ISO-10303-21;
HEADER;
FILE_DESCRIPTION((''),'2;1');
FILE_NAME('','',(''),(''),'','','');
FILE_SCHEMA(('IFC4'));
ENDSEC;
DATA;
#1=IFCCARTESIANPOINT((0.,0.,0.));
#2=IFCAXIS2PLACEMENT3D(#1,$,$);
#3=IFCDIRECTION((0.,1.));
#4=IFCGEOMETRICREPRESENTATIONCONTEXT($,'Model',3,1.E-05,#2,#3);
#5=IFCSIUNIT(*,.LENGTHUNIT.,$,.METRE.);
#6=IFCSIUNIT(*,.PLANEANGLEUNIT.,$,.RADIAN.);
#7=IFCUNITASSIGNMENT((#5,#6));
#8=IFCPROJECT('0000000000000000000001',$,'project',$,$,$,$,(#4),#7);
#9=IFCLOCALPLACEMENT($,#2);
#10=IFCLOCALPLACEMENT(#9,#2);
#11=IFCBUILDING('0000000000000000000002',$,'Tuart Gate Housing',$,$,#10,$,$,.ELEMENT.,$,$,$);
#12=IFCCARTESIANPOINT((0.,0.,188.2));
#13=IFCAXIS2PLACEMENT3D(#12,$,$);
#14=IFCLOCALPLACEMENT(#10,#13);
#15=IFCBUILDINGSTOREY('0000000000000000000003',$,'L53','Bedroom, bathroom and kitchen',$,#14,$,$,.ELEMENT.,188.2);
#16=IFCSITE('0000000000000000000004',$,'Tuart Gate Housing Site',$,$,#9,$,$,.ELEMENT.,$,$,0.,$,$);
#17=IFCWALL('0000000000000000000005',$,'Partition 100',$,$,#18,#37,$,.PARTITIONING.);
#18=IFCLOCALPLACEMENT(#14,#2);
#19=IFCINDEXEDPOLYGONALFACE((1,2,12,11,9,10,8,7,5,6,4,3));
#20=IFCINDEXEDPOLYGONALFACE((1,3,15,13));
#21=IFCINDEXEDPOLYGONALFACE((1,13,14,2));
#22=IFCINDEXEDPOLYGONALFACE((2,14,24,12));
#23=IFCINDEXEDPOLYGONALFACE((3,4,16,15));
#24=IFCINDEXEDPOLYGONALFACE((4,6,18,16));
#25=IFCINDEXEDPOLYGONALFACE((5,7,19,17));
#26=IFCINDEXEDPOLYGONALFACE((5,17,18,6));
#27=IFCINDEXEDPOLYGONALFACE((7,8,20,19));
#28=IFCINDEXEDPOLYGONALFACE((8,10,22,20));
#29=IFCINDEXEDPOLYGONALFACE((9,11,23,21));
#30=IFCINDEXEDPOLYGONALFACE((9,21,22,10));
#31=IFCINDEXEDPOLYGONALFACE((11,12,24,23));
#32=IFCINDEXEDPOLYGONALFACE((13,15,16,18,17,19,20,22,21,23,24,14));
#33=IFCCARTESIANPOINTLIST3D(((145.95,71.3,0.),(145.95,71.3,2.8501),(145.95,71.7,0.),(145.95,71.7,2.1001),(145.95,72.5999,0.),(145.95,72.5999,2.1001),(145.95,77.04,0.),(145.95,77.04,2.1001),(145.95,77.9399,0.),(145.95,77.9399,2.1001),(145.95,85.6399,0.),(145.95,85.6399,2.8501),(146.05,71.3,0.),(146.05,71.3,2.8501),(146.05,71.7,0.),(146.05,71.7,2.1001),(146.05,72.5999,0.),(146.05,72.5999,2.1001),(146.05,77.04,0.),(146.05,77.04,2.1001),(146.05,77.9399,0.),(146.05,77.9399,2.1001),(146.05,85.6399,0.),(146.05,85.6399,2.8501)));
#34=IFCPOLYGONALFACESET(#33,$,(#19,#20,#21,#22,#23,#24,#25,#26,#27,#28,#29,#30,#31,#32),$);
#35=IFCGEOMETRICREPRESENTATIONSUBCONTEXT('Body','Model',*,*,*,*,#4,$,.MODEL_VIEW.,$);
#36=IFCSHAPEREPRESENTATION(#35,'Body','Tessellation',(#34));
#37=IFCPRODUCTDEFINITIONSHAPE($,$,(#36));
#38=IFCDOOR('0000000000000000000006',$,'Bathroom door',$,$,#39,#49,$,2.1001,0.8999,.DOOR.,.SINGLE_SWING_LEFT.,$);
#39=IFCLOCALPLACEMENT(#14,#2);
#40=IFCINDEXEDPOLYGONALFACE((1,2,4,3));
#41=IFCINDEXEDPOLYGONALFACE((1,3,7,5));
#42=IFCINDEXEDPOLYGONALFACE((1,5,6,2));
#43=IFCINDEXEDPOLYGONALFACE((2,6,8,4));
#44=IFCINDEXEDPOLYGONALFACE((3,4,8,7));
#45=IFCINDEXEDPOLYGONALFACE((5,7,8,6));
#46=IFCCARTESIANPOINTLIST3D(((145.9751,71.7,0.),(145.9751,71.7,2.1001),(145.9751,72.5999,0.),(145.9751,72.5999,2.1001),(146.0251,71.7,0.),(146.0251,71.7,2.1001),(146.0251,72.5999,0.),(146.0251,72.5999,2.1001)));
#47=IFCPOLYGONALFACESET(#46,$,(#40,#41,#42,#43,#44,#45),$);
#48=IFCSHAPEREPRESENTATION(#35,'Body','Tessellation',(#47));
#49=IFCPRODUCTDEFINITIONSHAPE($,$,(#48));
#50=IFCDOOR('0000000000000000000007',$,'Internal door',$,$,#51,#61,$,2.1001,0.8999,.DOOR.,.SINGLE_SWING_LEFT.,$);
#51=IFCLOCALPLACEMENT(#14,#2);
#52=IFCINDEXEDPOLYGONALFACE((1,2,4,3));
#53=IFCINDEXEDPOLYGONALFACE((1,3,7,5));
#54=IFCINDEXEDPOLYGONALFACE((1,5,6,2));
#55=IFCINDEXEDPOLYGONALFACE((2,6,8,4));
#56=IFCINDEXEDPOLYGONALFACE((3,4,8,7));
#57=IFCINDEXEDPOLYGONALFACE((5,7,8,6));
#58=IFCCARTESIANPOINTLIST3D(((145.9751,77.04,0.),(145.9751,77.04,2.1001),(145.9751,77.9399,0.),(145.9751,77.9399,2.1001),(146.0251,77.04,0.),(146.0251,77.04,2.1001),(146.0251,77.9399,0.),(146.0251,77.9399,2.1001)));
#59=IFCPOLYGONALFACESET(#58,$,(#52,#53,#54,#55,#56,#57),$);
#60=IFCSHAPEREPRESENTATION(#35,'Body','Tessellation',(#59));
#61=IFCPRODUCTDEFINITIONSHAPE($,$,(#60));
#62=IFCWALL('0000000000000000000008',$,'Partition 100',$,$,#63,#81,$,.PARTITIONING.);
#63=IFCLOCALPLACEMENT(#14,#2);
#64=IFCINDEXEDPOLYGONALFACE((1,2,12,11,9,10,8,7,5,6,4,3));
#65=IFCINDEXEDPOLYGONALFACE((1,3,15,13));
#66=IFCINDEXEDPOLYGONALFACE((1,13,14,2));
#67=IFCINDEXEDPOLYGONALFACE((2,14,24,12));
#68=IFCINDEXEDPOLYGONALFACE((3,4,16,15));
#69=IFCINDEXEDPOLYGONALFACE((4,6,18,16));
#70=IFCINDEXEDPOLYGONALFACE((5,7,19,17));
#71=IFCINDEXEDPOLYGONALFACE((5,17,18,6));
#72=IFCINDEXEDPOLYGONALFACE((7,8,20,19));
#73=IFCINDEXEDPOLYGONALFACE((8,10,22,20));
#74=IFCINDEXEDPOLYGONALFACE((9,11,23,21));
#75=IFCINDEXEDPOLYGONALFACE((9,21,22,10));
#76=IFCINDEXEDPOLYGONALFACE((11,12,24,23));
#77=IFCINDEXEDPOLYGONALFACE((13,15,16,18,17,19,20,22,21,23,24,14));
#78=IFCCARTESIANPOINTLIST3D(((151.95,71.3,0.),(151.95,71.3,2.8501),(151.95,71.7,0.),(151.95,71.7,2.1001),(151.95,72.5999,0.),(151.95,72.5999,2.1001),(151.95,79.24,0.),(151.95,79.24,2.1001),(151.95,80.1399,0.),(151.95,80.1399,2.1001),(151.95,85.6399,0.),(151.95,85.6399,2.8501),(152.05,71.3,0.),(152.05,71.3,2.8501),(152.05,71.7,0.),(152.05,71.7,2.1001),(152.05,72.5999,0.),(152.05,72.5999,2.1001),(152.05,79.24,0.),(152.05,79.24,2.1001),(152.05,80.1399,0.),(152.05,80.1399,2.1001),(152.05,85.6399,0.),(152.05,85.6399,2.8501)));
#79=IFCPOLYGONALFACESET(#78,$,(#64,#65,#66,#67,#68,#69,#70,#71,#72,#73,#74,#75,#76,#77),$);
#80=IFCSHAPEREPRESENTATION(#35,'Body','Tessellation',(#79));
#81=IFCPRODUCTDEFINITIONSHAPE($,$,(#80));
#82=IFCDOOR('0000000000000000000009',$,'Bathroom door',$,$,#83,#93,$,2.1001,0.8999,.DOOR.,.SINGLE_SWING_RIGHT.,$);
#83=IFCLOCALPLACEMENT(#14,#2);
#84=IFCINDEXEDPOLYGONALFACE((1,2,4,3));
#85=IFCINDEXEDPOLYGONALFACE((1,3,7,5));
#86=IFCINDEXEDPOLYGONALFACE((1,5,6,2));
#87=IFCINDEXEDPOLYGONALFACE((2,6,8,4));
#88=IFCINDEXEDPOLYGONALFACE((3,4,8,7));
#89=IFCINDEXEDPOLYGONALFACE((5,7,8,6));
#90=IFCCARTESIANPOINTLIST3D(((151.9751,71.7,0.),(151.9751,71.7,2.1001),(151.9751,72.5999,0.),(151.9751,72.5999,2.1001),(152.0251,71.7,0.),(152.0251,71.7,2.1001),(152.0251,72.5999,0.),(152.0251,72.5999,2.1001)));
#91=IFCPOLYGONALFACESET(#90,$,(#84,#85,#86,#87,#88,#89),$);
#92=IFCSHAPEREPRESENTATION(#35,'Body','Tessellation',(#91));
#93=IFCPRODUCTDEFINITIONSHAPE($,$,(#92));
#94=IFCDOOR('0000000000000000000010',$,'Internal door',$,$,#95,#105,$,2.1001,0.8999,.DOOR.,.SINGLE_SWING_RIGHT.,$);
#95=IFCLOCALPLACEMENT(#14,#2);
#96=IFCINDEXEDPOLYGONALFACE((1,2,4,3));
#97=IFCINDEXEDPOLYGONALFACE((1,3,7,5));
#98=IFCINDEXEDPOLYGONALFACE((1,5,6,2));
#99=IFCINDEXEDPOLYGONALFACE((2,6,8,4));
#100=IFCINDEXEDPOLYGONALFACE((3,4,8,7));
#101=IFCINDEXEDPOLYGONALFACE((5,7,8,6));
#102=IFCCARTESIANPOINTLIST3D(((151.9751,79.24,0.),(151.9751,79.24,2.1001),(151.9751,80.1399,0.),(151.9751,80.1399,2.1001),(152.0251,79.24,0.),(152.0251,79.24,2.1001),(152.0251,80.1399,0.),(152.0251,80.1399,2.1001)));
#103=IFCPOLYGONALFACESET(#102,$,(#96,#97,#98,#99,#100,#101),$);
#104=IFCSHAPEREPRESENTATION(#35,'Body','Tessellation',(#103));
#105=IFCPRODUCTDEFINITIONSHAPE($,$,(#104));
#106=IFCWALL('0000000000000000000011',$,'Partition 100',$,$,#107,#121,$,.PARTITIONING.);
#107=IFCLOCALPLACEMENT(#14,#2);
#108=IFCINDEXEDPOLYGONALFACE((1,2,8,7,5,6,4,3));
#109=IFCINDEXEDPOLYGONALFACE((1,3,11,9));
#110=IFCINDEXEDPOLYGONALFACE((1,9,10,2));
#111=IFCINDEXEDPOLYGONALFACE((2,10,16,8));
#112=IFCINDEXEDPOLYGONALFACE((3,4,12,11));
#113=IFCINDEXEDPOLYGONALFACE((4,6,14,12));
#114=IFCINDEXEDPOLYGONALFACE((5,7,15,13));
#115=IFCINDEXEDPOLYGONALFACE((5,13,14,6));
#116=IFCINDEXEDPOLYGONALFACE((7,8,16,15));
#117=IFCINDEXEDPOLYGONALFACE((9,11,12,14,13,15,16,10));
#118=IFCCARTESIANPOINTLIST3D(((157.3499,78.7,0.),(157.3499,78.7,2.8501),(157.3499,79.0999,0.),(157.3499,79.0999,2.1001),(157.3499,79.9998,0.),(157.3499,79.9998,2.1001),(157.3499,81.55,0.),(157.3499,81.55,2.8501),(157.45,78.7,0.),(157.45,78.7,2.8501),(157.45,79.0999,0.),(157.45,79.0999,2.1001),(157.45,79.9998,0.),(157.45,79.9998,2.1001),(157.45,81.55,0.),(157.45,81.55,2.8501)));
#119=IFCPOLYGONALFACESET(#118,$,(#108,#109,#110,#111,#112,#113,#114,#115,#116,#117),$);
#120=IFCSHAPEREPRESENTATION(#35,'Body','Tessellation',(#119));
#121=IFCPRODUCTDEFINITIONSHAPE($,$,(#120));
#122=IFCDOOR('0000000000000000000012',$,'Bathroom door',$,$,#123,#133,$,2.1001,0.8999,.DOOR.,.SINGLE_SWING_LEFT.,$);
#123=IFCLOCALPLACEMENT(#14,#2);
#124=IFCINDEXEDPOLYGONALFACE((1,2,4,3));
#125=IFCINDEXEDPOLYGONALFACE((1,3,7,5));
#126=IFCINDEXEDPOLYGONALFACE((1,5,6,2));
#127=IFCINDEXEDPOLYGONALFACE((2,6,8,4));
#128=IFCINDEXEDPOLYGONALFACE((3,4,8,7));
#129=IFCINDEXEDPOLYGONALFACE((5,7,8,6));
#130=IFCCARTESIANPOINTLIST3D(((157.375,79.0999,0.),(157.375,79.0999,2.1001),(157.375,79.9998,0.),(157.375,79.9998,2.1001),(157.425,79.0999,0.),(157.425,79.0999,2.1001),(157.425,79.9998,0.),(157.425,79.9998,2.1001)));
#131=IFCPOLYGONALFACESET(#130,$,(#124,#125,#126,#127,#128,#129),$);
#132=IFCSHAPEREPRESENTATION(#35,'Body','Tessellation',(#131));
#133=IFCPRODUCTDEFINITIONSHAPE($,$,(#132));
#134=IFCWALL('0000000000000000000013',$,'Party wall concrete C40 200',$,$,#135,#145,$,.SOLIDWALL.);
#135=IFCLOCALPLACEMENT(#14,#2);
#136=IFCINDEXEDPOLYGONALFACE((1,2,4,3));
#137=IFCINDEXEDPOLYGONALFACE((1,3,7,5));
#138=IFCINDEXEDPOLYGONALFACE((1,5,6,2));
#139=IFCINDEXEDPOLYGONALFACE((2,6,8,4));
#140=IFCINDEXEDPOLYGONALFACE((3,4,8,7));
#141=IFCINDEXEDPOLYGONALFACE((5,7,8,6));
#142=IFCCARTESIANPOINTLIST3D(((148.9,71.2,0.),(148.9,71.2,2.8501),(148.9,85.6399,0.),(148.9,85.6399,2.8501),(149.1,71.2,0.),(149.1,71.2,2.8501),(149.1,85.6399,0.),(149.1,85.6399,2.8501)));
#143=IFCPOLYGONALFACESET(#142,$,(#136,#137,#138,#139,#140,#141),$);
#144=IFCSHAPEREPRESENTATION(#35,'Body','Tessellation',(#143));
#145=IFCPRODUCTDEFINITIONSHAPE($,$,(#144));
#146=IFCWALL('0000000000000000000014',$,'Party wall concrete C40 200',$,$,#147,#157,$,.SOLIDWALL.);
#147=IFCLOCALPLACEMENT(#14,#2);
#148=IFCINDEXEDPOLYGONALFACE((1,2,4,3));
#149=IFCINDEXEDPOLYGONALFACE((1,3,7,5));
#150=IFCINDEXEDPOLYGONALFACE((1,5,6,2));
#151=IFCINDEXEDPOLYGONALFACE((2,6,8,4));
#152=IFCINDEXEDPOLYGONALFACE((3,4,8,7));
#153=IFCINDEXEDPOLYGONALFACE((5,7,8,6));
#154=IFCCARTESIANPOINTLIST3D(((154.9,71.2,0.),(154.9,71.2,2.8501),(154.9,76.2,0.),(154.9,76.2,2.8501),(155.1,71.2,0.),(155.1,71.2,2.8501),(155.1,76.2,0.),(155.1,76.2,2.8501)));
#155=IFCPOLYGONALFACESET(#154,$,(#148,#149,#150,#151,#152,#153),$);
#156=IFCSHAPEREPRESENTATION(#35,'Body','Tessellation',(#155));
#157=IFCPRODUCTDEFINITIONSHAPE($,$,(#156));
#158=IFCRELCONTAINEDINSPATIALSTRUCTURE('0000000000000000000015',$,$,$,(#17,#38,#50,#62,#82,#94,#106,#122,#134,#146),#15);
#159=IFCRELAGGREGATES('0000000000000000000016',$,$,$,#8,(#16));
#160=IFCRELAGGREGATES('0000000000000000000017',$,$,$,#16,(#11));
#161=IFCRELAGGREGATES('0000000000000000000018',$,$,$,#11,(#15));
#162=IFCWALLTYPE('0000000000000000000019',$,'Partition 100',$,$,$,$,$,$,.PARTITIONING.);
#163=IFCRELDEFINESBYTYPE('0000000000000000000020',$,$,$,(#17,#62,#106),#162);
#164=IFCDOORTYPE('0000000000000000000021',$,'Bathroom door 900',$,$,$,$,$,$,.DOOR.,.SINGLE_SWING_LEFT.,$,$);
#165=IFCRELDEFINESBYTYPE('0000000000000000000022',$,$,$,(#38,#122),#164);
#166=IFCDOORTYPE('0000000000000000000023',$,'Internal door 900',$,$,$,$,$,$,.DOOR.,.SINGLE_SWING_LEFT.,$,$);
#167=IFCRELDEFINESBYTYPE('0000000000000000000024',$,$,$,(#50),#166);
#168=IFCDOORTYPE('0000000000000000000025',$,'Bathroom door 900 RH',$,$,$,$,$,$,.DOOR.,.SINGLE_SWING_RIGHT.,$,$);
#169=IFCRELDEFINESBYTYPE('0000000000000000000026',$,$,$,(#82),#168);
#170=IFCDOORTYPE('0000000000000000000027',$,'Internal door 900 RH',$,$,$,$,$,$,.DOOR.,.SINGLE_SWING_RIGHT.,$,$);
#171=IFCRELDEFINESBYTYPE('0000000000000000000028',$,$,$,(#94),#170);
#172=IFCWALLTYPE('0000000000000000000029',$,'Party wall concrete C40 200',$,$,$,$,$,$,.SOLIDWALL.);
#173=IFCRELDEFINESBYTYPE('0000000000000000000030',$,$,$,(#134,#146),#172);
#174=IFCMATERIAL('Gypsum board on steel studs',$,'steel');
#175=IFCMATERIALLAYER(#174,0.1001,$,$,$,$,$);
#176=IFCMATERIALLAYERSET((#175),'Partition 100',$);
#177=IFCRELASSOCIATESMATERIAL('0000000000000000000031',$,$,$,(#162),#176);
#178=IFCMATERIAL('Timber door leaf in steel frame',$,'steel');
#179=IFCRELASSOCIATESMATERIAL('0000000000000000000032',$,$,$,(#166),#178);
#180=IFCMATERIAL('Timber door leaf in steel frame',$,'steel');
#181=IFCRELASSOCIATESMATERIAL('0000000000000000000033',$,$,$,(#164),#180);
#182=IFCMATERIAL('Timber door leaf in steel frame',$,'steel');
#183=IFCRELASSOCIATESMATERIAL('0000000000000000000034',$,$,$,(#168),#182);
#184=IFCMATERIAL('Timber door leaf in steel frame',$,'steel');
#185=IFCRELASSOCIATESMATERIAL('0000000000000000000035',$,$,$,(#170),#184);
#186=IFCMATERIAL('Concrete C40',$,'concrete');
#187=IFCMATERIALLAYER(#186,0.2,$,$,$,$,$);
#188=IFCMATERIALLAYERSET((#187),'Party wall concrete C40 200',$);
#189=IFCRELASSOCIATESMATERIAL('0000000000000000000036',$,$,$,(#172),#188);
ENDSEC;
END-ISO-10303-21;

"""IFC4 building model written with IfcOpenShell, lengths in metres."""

from ifc_helpers import new_model, si_unit, direction, frame, frame_2d, origin, place, context, subcontext, project, spatial, rectangle, extrude, material, layer, layer_set, type_object, element, fill, save


model = new_model("IFC4")

# Units and contexts
model_context = context("Model", 3, precision=1e-05, world=origin(), true_north=direction((0.0, 1.0)))
body_context = subcontext(model_context, "Body", "Model", "MODEL_VIEW")
ifc_project = project(units=[si_unit("LENGTHUNIT", "METRE"), si_unit("PLANEANGLEUNIT", "RADIAN")], contexts=[model_context])

# Site, building, storey
site_placement = place(None, origin())
site = spatial("IfcSite", under=ifc_project, at=site_placement, Name="Tuart Gate Housing Site", CompositionType="ELEMENT", RefElevation=0.0)
building_placement = place(site_placement, origin())
building = spatial("IfcBuilding", under=site, at=building_placement, Name="Tuart Gate Housing", CompositionType="ELEMENT")
storey_placement = place(building_placement, frame((0.0, 0.0, 188.2)))
storey = spatial("IfcBuildingStorey", under=building, at=storey_placement, Name="L53", Description="Bedroom, bathroom and kitchen", CompositionType="ELEMENT", Elevation=188.2)

# Shared definitions
ifc_material_1 = material(Name="Gypsum board on steel studs", Category="steel")
ifc_layer_1 = layer(ifc_material_1, 0.1001)
ifc_layer_set_1 = layer_set([ifc_layer_1], Name="Partition 100")
wall_type_1 = type_object("IfcWallType", Name="Partition 100", PredefinedType="PARTITIONING", material=ifc_layer_set_1)

# Shared definitions
ifc_material_2 = material(Name="Timber door leaf in steel frame", Category="steel")
door_type_1 = type_object("IfcDoorType", Name="Internal door 900", OperationType="SINGLE_SWING_LEFT", PredefinedType="DOOR", material=ifc_material_2)

# Walls, openings, doors
wall_1_placement = place(storey_placement, frame((146.0, 71.3, 0.0), z_axis=(0.0, 0.0, 1.0), x_axis=(0.0, 1.0, 0.0)))
wall_1 = element("IfcWall", 1, at=wall_1_placement, inside=storey, type_object=wall_type_1, Name="Partition 100", PredefinedType="PARTITIONING", context=body_context, shape_type="SweptSolid", body=[
    extrude(rectangle(XDim=14.3398, YDim=0.1001, at=frame_2d((7.1699, 0.0))), origin(), (0.0, 0.0, 1.0), 2.8501),
])
opening_1_placement = place(wall_1_placement, frame((5.74, 0.0, 0.0)))
opening_1 = element("IfcOpeningElement", 2, at=opening_1_placement, cuts=wall_1, PredefinedType="OPENING", context=body_context, shape_type="SweptSolid", body=[
    extrude(rectangle(XDim=0.8999, YDim=2.1001, at=frame_2d((0.45, 1.05))), frame((0.0, 0.0601, 0.0), z_axis=(0.0, -1.0, 0.0), x_axis=(1.0, 0.0, 0.0)), (0.0, 0.0, 1.0), 0.1201),
])
opening_2_placement = place(wall_1_placement, frame((0.3999, 0.0, 0.0)))
opening_2 = element("IfcOpeningElement", 3, at=opening_2_placement, cuts=wall_1, PredefinedType="OPENING", context=body_context, shape_type="SweptSolid", body=[
    extrude(rectangle(XDim=0.8999, YDim=2.1001, at=frame_2d((0.45, 1.05))), frame((0.0, 0.0601, 0.0), z_axis=(0.0, -1.0, 0.0), x_axis=(1.0, 0.0, 0.0)), (0.0, 0.0, 1.0), 0.1201),
])
ifc_material_3 = material(Name="Timber door leaf in steel frame", Category="steel")
door_type_2 = type_object("IfcDoorType", Name="Bathroom door 900", OperationType="SINGLE_SWING_LEFT", PredefinedType="DOOR", material=ifc_material_3)
door_1_placement = place(opening_2_placement, origin())
door_1 = element("IfcDoor", 4, at=door_1_placement, inside=storey, type_object=door_type_2, Name="Bathroom door", OperationType="SINGLE_SWING_LEFT", OverallHeight=2.1001, OverallWidth=0.8999, PredefinedType="DOOR", context=body_context, shape_type="SweptSolid", body=[
    extrude(rectangle(XDim=0.8999, YDim=2.1001, at=frame_2d((0.45, 1.05))), frame((0.0, 0.0249, 0.0), z_axis=(0.0, -1.0, 0.0), x_axis=(1.0, 0.0, 0.0)), (0.0, 0.0, 1.0), 0.05),
])
fill(opening_2, door_1)
door_2_placement = place(opening_1_placement, origin())
door_2 = element("IfcDoor", 5, at=door_2_placement, inside=storey, type_object=door_type_1, Name="Internal door", OperationType="SINGLE_SWING_LEFT", OverallHeight=2.1001, OverallWidth=0.8999, PredefinedType="DOOR", context=body_context, shape_type="SweptSolid", body=[
    extrude(rectangle(XDim=0.8999, YDim=2.1001, at=frame_2d((0.45, 1.05))), frame((0.0, 0.0249, 0.0), z_axis=(0.0, -1.0, 0.0), x_axis=(1.0, 0.0, 0.0)), (0.0, 0.0, 1.0), 0.05),
])
fill(opening_1, door_2)
wall_2_placement = place(storey_placement, frame((152.0, 71.3, 0.0), z_axis=(0.0, 0.0, 1.0), x_axis=(0.0, 1.0, 0.0)))
wall_2 = element("IfcWall", 6, at=wall_2_placement, inside=storey, type_object=wall_type_1, Name="Partition 100", PredefinedType="PARTITIONING", context=body_context, shape_type="SweptSolid", body=[
    extrude(rectangle(XDim=14.3398, YDim=0.1001, at=frame_2d((7.1699, 0.0))), origin(), (0.0, 0.0, 1.0), 2.8501),
])
opening_3_placement = place(wall_2_placement, frame((7.9399, 0.0, 0.0)))
opening_3 = element("IfcOpeningElement", 7, at=opening_3_placement, cuts=wall_2, PredefinedType="OPENING", context=body_context, shape_type="SweptSolid", body=[
    extrude(rectangle(XDim=0.8999, YDim=2.1001, at=frame_2d((0.45, 1.05))), frame((0.0, 0.0601, 0.0), z_axis=(0.0, -1.0, 0.0), x_axis=(1.0, 0.0, 0.0)), (0.0, 0.0, 1.0), 0.1201),
])
opening_4_placement = place(wall_2_placement, frame((0.3999, 0.0, 0.0)))
opening_4 = element("IfcOpeningElement", 8, at=opening_4_placement, cuts=wall_2, PredefinedType="OPENING", context=body_context, shape_type="SweptSolid", body=[
    extrude(rectangle(XDim=0.8999, YDim=2.1001, at=frame_2d((0.45, 1.05))), frame((0.0, 0.0601, 0.0), z_axis=(0.0, -1.0, 0.0), x_axis=(1.0, 0.0, 0.0)), (0.0, 0.0, 1.0), 0.1201),
])
ifc_material_4 = material(Name="Timber door leaf in steel frame", Category="steel")
door_type_3 = type_object("IfcDoorType", Name="Bathroom door 900 RH", OperationType="SINGLE_SWING_RIGHT", PredefinedType="DOOR", material=ifc_material_4)
door_3_placement = place(opening_4_placement, frame((0.8999, 0.0, 0.0), z_axis=(0.0, 0.0, 1.0), x_axis=(-1.0, 0.0, 0.0)))
door_3 = element("IfcDoor", 9, at=door_3_placement, inside=storey, type_object=door_type_3, Name="Bathroom door", OperationType="SINGLE_SWING_RIGHT", OverallHeight=2.1001, OverallWidth=0.8999, PredefinedType="DOOR", context=body_context, shape_type="SweptSolid", body=[
    extrude(rectangle(XDim=0.8999, YDim=2.1001, at=frame_2d((0.45, 1.05))), frame((0.0, 0.0251, 0.0), z_axis=(0.0, -1.0, 0.0), x_axis=(1.0, 0.0, 0.0)), (0.0, 0.0, 1.0), 0.05),
])
fill(opening_4, door_3)
ifc_material_5 = material(Name="Timber door leaf in steel frame", Category="steel")
door_type_4 = type_object("IfcDoorType", Name="Internal door 900 RH", OperationType="SINGLE_SWING_RIGHT", PredefinedType="DOOR", material=ifc_material_5)
door_4_placement = place(opening_3_placement, frame((0.8999, 0.0, 0.0), z_axis=(0.0, 0.0, 1.0), x_axis=(-1.0, 0.0, 0.0)))
door_4 = element("IfcDoor", 10, at=door_4_placement, inside=storey, type_object=door_type_4, Name="Internal door", OperationType="SINGLE_SWING_RIGHT", OverallHeight=2.1001, OverallWidth=0.8999, PredefinedType="DOOR", context=body_context, shape_type="SweptSolid", body=[
    extrude(rectangle(XDim=0.8999, YDim=2.1001, at=frame_2d((0.45, 1.05))), frame((0.0, 0.0251, 0.0), z_axis=(0.0, -1.0, 0.0), x_axis=(1.0, 0.0, 0.0)), (0.0, 0.0, 1.0), 0.05),
])
fill(opening_3, door_4)

# Wall, opening, door
wall_3_placement = place(storey_placement, frame((157.3999, 78.7, 0.0), z_axis=(0.0, 0.0, 1.0), x_axis=(0.0, 1.0, 0.0)))
wall_3 = element("IfcWall", 11, at=wall_3_placement, inside=storey, type_object=wall_type_1, Name="Partition 100", PredefinedType="PARTITIONING", context=body_context, shape_type="SweptSolid", body=[
    extrude(rectangle(XDim=2.8501, YDim=0.1001, at=frame_2d((1.425, 0.0))), origin(), (0.0, 0.0, 1.0), 2.8501),
])
opening_5_placement = place(wall_3_placement, frame((0.3999, 0.0, 0.0)))
opening_5 = element("IfcOpeningElement", 12, at=opening_5_placement, cuts=wall_3, PredefinedType="OPENING", context=body_context, shape_type="SweptSolid", body=[
    extrude(rectangle(XDim=0.8999, YDim=2.1001, at=frame_2d((0.45, 1.05))), frame((0.0, 0.0601, 0.0), z_axis=(0.0, -1.0, 0.0), x_axis=(1.0, 0.0, 0.0)), (0.0, 0.0, 1.0), 0.1201),
])
door_5_placement = place(opening_5_placement, origin())
door_5 = element("IfcDoor", 13, at=door_5_placement, inside=storey, type_object=door_type_2, Name="Bathroom door", OperationType="SINGLE_SWING_LEFT", OverallHeight=2.1001, OverallWidth=0.8999, PredefinedType="DOOR", context=body_context, shape_type="SweptSolid", body=[
    extrude(rectangle(XDim=0.8999, YDim=2.1001, at=frame_2d((0.45, 1.05))), frame((0.0, 0.0249, 0.0), z_axis=(0.0, -1.0, 0.0), x_axis=(1.0, 0.0, 0.0)), (0.0, 0.0, 1.0), 0.05),
])
fill(opening_5, door_5)

# Walls
ifc_material_6 = material(Name="Concrete C40", Category="concrete")
ifc_layer_2 = layer(ifc_material_6, 0.2)
ifc_layer_set_2 = layer_set([ifc_layer_2], Name="Party wall concrete C40 200")
wall_type_2 = type_object("IfcWallType", Name="Party wall concrete C40 200", PredefinedType="SOLIDWALL", material=ifc_layer_set_2)
wall_4_placement = place(storey_placement, frame((149.0, 71.2, 0.0), z_axis=(0.0, 0.0, 1.0), x_axis=(0.0, 1.0, 0.0)))
element("IfcWall", 14, at=wall_4_placement, inside=storey, type_object=wall_type_2, Name="Party wall concrete C40 200", PredefinedType="SOLIDWALL", context=body_context, shape_type="SweptSolid", body=[
    extrude(rectangle(XDim=14.4399, YDim=0.2, at=frame_2d((7.22, 0.0))), origin(), (0.0, 0.0, 1.0), 2.8501),
])
wall_5_placement = place(storey_placement, frame((155.0, 71.2, 0.0), z_axis=(0.0, 0.0, 1.0), x_axis=(0.0, 1.0, 0.0)))
element("IfcWall", 15, at=wall_5_placement, inside=storey, type_object=wall_type_2, Name="Party wall concrete C40 200", PredefinedType="SOLIDWALL", context=body_context, shape_type="SweptSolid", body=[
    extrude(rectangle(XDim=5.0, YDim=0.2, at=frame_2d((2.5, 0.0))), origin(), (0.0, 0.0, 1.0), 2.8501),
])

save(model, "model.ifc")
